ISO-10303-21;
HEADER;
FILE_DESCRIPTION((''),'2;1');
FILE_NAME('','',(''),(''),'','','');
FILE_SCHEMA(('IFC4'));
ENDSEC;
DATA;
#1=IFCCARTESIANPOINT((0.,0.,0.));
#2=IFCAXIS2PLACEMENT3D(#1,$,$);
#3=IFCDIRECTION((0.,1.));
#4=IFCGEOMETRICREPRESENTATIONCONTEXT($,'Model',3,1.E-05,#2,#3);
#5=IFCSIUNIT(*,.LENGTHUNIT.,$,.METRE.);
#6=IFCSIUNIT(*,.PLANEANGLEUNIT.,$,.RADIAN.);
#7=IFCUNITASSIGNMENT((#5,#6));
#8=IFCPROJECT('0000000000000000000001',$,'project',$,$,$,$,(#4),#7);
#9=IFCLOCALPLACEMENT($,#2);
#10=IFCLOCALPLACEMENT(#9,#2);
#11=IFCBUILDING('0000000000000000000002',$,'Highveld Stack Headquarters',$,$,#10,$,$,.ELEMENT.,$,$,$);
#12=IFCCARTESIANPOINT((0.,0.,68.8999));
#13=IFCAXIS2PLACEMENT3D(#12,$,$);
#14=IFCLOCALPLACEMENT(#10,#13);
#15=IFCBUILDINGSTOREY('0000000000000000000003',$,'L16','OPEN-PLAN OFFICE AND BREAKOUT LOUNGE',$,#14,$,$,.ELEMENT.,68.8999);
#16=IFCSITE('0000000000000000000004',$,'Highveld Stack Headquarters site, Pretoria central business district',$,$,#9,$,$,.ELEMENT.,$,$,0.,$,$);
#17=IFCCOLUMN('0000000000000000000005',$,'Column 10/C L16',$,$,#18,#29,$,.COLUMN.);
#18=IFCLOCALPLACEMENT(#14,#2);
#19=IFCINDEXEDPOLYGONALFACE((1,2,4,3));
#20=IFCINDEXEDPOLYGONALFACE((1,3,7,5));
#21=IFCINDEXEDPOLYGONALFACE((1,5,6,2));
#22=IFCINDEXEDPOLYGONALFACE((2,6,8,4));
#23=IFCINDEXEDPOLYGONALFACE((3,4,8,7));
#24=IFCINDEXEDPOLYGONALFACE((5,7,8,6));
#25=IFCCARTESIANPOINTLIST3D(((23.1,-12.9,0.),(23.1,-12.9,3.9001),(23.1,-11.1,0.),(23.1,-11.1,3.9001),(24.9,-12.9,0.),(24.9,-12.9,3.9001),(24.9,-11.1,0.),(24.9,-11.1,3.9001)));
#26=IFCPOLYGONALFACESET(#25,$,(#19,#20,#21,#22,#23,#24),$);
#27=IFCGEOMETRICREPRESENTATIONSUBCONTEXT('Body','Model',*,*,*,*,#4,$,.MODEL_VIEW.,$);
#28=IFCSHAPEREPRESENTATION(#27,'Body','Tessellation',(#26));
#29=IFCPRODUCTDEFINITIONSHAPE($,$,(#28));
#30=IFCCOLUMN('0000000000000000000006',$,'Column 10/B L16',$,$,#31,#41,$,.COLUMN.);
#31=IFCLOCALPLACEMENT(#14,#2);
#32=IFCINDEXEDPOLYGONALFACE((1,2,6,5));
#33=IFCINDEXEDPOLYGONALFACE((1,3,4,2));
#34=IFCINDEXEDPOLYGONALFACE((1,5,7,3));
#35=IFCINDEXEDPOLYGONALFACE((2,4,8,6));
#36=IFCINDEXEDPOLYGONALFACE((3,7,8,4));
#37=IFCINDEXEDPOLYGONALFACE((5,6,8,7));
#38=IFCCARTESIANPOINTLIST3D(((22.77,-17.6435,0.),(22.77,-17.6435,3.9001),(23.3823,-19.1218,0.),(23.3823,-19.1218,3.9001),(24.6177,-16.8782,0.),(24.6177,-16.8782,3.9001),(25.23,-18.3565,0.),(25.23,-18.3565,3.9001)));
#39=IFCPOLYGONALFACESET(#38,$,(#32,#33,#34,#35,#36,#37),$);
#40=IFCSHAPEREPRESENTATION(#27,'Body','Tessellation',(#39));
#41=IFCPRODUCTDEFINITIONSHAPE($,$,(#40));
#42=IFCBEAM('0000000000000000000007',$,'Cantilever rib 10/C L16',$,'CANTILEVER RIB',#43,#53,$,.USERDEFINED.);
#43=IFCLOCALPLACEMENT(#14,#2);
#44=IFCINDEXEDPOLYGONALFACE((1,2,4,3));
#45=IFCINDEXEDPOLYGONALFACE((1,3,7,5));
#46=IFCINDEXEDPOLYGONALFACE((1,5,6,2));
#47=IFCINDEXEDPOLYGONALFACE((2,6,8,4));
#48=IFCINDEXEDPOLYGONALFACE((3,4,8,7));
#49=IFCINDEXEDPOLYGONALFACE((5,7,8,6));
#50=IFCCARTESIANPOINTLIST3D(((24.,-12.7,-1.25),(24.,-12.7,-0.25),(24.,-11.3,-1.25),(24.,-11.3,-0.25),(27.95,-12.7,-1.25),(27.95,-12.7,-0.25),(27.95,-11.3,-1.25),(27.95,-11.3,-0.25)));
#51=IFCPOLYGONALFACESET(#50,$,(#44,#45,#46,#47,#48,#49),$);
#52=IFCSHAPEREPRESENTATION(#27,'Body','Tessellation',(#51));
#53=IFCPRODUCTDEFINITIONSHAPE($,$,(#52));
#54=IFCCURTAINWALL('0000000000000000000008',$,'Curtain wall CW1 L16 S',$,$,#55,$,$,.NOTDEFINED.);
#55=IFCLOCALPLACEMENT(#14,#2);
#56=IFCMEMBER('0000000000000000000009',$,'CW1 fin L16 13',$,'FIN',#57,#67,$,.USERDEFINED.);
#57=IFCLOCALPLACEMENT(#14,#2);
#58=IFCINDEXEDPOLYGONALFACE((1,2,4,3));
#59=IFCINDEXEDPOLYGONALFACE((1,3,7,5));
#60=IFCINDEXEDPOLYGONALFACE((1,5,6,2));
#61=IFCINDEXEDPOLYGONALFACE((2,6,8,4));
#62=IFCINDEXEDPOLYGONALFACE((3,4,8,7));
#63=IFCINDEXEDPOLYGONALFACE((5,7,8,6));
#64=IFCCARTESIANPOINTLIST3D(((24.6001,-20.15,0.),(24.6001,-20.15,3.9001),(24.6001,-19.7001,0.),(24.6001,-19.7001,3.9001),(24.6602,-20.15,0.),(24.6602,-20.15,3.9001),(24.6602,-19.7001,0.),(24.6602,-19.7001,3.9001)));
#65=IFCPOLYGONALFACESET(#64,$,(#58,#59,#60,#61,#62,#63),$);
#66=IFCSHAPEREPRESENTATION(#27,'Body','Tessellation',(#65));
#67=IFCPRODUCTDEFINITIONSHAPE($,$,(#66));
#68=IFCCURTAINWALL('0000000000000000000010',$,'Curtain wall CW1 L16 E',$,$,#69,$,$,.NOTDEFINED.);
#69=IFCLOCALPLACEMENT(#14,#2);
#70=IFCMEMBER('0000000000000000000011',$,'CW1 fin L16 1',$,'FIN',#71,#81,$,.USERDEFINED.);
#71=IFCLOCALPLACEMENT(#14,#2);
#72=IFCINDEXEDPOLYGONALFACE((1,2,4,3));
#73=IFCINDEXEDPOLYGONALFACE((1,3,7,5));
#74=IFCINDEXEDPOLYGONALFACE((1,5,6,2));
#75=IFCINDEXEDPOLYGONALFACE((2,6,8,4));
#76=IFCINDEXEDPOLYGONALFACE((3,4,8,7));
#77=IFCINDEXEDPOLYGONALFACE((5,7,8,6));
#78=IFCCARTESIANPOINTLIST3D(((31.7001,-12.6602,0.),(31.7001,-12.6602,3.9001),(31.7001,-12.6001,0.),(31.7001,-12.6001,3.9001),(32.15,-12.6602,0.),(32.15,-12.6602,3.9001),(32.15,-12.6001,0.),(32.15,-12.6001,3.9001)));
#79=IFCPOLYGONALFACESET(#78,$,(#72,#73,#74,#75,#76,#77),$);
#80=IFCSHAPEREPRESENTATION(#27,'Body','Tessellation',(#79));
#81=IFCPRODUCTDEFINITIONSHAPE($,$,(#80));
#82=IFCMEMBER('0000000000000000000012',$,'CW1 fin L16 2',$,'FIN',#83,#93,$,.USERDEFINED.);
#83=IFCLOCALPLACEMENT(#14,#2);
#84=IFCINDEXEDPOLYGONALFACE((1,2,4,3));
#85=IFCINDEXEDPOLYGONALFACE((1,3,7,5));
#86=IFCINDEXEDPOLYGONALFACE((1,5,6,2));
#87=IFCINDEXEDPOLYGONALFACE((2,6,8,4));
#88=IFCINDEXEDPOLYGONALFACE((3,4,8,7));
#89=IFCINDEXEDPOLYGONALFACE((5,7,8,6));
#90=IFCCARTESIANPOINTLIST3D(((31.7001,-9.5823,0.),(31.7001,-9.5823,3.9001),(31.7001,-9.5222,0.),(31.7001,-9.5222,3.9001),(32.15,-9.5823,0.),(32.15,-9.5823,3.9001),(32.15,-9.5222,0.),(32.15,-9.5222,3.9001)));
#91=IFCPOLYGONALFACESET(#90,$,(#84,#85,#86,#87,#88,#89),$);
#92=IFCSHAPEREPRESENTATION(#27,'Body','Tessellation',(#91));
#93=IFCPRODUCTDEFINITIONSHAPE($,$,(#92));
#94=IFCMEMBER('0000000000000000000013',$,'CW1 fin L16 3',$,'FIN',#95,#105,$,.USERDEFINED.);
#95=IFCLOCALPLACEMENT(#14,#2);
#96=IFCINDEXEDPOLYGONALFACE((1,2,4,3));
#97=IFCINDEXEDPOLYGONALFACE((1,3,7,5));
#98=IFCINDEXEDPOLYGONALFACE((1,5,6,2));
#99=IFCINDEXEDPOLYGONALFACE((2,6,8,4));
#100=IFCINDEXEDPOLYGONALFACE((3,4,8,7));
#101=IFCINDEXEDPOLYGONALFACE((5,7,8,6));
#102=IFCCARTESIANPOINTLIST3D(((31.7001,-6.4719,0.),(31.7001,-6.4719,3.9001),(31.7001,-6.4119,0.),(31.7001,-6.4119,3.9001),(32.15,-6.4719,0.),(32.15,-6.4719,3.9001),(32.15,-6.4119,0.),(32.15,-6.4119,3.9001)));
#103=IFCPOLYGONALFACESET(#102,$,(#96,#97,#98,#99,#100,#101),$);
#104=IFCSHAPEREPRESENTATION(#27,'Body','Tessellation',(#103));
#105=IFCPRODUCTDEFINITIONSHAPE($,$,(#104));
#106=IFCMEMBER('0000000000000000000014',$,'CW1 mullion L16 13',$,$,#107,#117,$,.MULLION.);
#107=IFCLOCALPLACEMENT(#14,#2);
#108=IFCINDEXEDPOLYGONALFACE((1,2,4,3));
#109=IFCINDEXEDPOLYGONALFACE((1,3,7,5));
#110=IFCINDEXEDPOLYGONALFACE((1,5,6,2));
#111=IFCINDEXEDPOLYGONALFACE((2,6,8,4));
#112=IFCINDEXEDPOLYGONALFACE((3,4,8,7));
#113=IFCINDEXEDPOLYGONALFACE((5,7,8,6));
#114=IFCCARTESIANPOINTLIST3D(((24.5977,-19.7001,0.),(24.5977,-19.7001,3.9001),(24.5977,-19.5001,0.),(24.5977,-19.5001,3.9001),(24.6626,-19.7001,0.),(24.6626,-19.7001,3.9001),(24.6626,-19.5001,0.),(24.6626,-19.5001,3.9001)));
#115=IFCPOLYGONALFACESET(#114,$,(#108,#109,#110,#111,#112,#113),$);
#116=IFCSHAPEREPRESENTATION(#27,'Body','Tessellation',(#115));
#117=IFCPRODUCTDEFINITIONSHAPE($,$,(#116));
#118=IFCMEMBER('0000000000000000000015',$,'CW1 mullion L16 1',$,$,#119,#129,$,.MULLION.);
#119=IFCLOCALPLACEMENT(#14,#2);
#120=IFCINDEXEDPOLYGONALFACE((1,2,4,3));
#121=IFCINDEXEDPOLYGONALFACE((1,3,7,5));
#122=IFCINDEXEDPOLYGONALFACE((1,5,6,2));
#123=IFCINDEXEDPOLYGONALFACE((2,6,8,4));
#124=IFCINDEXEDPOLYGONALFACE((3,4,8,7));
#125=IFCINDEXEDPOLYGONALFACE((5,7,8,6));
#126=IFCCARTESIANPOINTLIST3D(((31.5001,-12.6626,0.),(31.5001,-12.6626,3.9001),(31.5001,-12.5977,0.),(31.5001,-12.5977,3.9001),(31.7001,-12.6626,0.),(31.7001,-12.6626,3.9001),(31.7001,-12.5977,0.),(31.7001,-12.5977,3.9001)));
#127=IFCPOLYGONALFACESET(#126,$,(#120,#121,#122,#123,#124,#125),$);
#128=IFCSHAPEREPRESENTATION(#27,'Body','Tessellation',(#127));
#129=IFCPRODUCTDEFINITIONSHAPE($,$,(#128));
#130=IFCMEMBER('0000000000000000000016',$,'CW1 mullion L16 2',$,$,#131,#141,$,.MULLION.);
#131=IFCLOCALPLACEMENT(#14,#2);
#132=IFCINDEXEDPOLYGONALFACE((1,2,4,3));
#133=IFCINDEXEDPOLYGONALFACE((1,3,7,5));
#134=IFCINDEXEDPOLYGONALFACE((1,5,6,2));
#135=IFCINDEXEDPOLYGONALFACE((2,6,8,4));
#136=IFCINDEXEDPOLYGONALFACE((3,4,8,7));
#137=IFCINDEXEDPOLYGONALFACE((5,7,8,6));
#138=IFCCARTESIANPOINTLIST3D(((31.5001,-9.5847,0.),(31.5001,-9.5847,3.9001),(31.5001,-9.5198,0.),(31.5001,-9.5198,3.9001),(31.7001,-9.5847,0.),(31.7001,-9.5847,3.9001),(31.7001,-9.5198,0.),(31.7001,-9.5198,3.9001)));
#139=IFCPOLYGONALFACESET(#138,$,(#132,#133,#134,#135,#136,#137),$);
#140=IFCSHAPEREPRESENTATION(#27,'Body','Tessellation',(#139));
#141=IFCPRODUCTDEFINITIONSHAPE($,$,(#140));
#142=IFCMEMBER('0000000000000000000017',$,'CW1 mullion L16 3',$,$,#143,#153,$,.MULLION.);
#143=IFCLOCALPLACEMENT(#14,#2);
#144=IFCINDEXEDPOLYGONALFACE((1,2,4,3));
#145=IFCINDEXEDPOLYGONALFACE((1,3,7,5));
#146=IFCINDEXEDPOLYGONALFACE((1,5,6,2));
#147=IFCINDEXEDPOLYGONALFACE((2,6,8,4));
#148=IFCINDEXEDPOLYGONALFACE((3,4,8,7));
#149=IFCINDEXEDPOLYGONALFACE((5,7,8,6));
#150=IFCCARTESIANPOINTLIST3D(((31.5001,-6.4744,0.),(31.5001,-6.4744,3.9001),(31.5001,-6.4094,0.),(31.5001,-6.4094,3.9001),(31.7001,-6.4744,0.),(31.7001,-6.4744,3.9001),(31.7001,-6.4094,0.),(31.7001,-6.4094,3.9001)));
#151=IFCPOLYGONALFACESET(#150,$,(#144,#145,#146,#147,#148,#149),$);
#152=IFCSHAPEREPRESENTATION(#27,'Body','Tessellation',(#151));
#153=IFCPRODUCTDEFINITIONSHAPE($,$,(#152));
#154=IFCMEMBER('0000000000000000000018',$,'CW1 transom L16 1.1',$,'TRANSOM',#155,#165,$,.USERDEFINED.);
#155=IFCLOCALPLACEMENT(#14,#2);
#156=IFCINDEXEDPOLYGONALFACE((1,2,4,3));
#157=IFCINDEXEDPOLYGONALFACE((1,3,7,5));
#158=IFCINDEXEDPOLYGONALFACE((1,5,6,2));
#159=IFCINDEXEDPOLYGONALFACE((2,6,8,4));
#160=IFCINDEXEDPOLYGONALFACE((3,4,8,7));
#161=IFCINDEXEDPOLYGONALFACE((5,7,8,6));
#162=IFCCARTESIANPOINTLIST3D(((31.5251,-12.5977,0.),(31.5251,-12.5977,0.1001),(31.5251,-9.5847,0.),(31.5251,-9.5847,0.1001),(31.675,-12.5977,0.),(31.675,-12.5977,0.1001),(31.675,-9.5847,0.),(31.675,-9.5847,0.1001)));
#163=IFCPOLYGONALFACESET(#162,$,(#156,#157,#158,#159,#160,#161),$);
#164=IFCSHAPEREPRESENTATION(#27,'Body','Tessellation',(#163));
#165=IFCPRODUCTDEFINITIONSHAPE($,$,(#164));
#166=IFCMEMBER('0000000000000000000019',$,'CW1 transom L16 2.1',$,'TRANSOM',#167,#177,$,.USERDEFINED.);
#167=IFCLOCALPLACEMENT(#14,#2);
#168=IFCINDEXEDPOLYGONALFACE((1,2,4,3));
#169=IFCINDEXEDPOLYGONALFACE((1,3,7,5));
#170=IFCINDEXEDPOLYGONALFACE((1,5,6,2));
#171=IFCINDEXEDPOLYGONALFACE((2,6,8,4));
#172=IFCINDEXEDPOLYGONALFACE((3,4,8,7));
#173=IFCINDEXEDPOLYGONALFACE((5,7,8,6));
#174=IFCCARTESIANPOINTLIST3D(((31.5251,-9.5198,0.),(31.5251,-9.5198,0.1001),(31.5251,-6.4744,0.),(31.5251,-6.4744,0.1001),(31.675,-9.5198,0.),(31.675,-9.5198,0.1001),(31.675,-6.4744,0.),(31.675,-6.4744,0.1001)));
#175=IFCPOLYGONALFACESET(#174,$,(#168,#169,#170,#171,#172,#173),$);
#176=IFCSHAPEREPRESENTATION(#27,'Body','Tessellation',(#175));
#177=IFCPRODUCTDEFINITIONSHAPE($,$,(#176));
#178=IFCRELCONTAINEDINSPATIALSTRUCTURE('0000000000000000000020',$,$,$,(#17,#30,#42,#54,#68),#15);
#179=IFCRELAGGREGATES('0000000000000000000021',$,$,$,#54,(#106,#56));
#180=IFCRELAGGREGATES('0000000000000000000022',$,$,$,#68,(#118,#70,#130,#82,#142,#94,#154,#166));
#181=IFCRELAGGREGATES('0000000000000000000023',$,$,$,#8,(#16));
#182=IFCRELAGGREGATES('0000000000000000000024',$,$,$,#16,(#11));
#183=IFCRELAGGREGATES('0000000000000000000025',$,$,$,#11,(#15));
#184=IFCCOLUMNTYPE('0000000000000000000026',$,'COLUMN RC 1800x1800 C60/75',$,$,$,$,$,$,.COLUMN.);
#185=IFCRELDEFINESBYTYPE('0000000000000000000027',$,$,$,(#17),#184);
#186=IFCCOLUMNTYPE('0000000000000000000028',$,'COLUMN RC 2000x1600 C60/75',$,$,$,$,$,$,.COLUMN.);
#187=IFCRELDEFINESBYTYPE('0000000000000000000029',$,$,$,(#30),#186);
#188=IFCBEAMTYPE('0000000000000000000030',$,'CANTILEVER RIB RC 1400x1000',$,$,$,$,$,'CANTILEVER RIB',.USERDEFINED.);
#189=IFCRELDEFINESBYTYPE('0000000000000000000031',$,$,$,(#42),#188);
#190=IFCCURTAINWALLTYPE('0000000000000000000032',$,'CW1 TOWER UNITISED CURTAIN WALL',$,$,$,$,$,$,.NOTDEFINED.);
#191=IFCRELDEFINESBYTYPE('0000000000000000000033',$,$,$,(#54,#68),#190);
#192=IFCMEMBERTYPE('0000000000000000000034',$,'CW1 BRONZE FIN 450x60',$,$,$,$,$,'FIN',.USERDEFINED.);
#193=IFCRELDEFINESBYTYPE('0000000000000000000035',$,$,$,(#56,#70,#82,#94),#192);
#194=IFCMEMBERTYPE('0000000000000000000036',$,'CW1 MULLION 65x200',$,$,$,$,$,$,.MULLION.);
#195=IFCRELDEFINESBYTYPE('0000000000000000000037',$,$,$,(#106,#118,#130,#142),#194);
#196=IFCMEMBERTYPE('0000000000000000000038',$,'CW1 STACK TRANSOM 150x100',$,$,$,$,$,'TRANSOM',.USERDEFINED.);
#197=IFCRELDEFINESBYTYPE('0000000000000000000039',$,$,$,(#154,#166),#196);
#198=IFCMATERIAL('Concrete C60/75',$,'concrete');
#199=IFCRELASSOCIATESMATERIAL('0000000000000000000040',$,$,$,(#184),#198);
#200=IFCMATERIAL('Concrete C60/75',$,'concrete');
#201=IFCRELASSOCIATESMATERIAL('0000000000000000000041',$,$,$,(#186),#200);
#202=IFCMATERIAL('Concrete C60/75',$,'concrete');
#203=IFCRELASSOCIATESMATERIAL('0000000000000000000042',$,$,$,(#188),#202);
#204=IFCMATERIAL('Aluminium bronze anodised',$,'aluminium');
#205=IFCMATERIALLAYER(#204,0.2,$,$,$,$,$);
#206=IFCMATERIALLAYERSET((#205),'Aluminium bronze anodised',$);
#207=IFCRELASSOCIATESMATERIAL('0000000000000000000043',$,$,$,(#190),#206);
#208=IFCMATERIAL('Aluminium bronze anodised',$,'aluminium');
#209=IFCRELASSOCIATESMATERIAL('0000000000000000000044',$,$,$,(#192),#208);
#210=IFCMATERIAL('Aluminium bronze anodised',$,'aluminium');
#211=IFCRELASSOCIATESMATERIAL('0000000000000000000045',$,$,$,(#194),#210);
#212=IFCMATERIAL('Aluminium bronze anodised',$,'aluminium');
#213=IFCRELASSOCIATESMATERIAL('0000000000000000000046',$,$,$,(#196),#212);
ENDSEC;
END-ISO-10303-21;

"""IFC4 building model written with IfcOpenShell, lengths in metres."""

from ifc_helpers import new_model, si_unit, direction, frame, origin, origin_2d, place, context, subcontext, project, spatial, rectangle, extrude, material, layer, layer_set, material_profile, profile_set, type_object, element, aggregate, save


model = new_model("IFC4")

# Units and contexts
model_context = context("Model", 3, precision=1e-05, world=origin(), true_north=direction((0.0, 1.0)))
body_context = subcontext(model_context, "Body", "Model", "MODEL_VIEW")
ifc_project = project(units=[si_unit("LENGTHUNIT", "METRE"), si_unit("PLANEANGLEUNIT", "RADIAN")], contexts=[model_context])

# Site, building, storey
site_placement = place(None, origin())
site = spatial("IfcSite", under=ifc_project, at=site_placement, Name="Highveld Stack Headquarters site, Pretoria central business district", CompositionType="ELEMENT", RefElevation=0.0)
building_placement = place(site_placement, origin())
building = spatial("IfcBuilding", under=site, at=building_placement, Name="Highveld Stack Headquarters", CompositionType="ELEMENT")
storey_placement = place(building_placement, frame((0.0, 0.0, 68.8999)))
storey = spatial("IfcBuildingStorey", under=building, at=storey_placement, Name="L16", Description="OPEN-PLAN OFFICE AND BREAKOUT LOUNGE", CompositionType="ELEMENT", Elevation=68.8999)

# Columns
ifc_material_1 = material(Name="Concrete C60/75", Category="concrete")
ifc_material_profile_1 = material_profile(ifc_material_1, rectangle(XDim=1.8, YDim=1.8, at=origin_2d()), Name="RC 1800x1800")
ifc_profile_set_1 = profile_set([ifc_material_profile_1], Name="Concrete C60/75")
column_type_1 = type_object("IfcColumnType", Name="COLUMN RC 1800x1800 C60/75", PredefinedType="COLUMN", material=ifc_profile_set_1)
column_1_placement = place(storey_placement, frame((24.0, -12.0, 0.0), z_axis=(0.0, 0.0, 1.0), x_axis=(1.0, 0.0, 0.0)))
element("IfcColumn", 1, at=column_1_placement, inside=storey, type_object=column_type_1, Name="Column 10/C L16", PredefinedType="COLUMN", context=body_context, shape_type="SweptSolid", body=[
    extrude(rectangle(XDim=1.8, YDim=1.8, at=origin_2d()), origin(), (0.0, 0.0, 1.0), 3.9001),
])
ifc_material_2 = material(Name="Concrete C60/75", Category="concrete")
ifc_material_profile_2 = material_profile(ifc_material_2, rectangle(XDim=2.0, YDim=1.6001, at=origin_2d()), Name="RC 2000x1600")
ifc_profile_set_2 = profile_set([ifc_material_profile_2], Name="Concrete C60/75")
column_type_2 = type_object("IfcColumnType", Name="COLUMN RC 2000x1600 C60/75", PredefinedType="COLUMN", material=ifc_profile_set_2)
column_2_placement = place(storey_placement, frame((24.0, -18.0, 0.0), z_axis=(0.0, 0.0, 1.0), x_axis=(-0.92388, -0.382683, 0.0)))
element("IfcColumn", 2, at=column_2_placement, inside=storey, type_object=column_type_2, Name="Column 10/B L16", PredefinedType="COLUMN", context=body_context, shape_type="SweptSolid", body=[
    extrude(rectangle(XDim=2.0, YDim=1.6001, at=origin_2d()), origin(), (0.0, 0.0, 1.0), 3.9001),
])

# Beam
ifc_material_3 = material(Name="Concrete C60/75", Category="concrete")
ifc_material_profile_3 = material_profile(ifc_material_3, rectangle(XDim=1.3999, YDim=1.0, at=origin_2d()), Name="RC 1400x1000")
ifc_profile_set_3 = profile_set([ifc_material_profile_3], Name="Concrete C60/75")
beam_type_1 = type_object("IfcBeamType", Name="CANTILEVER RIB RC 1400x1000", ElementType="CANTILEVER RIB", PredefinedType="USERDEFINED", material=ifc_profile_set_3)
beam_1_placement = place(storey_placement, frame((24.0, -12.0, -0.75), z_axis=(1.0, 0.0, 0.0), x_axis=(0.0, 1.0, 0.0)))
element("IfcBeam", 3, at=beam_1_placement, inside=storey, type_object=beam_type_1, Name="Cantilever rib 10/C L16", ObjectType="CANTILEVER RIB", PredefinedType="USERDEFINED", context=body_context, shape_type="SweptSolid", body=[
    extrude(rectangle(XDim=1.3999, YDim=1.0, at=origin_2d()), origin(), (0.0, 0.0, 1.0), 3.95),
])

# Curtain wall, member
ifc_material_4 = material(Name="Aluminium bronze anodised", Category="aluminium")
ifc_layer_1 = layer(ifc_material_4, 0.2)
ifc_layer_set_1 = layer_set([ifc_layer_1], Name="Aluminium bronze anodised")
curtain_wall_type_1 = type_object("IfcCurtainWallType", Name="CW1 TOWER UNITISED CURTAIN WALL", PredefinedType="NOTDEFINED", material=ifc_layer_set_1)
curtain_wall_1_placement = place(storey_placement, origin())
curtain_wall_1 = element("IfcCurtainWall", 4, at=curtain_wall_1_placement, inside=storey, type_object=curtain_wall_type_1, Name="Curtain wall CW1 L16 S", PredefinedType="NOTDEFINED")
ifc_material_5 = material(Name="Aluminium bronze anodised", Category="aluminium")
ifc_material_profile_4 = material_profile(ifc_material_5, rectangle(XDim=0.45, YDim=0.0601, at=origin_2d()), Name="FIN 450x60")
ifc_profile_set_4 = profile_set([ifc_material_profile_4], Name="Aluminium bronze anodised")
member_type_1 = type_object("IfcMemberType", Name="CW1 BRONZE FIN 450x60", ElementType="FIN", PredefinedType="USERDEFINED", material=ifc_profile_set_4)
member_1_placement = place(storey_placement, frame((24.6301, -19.925, 0.0), z_axis=(0.0, 0.0, 1.0), x_axis=(0.0, 1.0, 0.0)))
member_1 = element("IfcMember", 5, at=member_1_placement, type_object=member_type_1, Name="CW1 fin L16 13", ObjectType="FIN", PredefinedType="USERDEFINED", context=body_context, shape_type="SweptSolid", body=[
    extrude(rectangle(XDim=0.45, YDim=0.0601, at=origin_2d()), origin(), (0.0, 0.0, 1.0), 3.9001),
])

# Curtain wall, members
curtain_wall_2_placement = place(storey_placement, origin())
curtain_wall_2 = element("IfcCurtainWall", 6, at=curtain_wall_2_placement, inside=storey, type_object=curtain_wall_type_1, Name="Curtain wall CW1 L16 E", PredefinedType="NOTDEFINED")
member_2_placement = place(storey_placement, frame((31.925, -12.6301, 0.0), z_axis=(0.0, 0.0, 1.0), x_axis=(-1.0, 0.0, 0.0)))
member_2 = element("IfcMember", 7, at=member_2_placement, type_object=member_type_1, Name="CW1 fin L16 1", ObjectType="FIN", PredefinedType="USERDEFINED", context=body_context, shape_type="SweptSolid", body=[
    extrude(rectangle(XDim=0.45, YDim=0.0601, at=origin_2d()), origin(), (0.0, 0.0, 1.0), 3.9001),
])
member_3_placement = place(storey_placement, frame((31.925, -9.5522, 0.0), z_axis=(0.0, 0.0, 1.0), x_axis=(-1.0, 0.0, 0.0)))
member_3 = element("IfcMember", 8, at=member_3_placement, type_object=member_type_1, Name="CW1 fin L16 2", ObjectType="FIN", PredefinedType="USERDEFINED", context=body_context, shape_type="SweptSolid", body=[
    extrude(rectangle(XDim=0.45, YDim=0.0601, at=origin_2d()), origin(), (0.0, 0.0, 1.0), 3.9001),
])
member_4_placement = place(storey_placement, frame((31.925, -6.4419, 0.0), z_axis=(0.0, 0.0, 1.0), x_axis=(-1.0, 0.0, 0.0)))
member_4 = element("IfcMember", 9, at=member_4_placement, type_object=member_type_1, Name="CW1 fin L16 3", ObjectType="FIN", PredefinedType="USERDEFINED", context=body_context, shape_type="SweptSolid", body=[
    extrude(rectangle(XDim=0.45, YDim=0.0601, at=origin_2d()), origin(), (0.0, 0.0, 1.0), 3.9001),
])

# Members
ifc_material_6 = material(Name="Aluminium bronze anodised", Category="aluminium")
ifc_material_profile_5 = material_profile(ifc_material_6, rectangle(XDim=0.2, YDim=0.0649, at=origin_2d()), Name="CW1 MULLION 65x200")
ifc_profile_set_5 = profile_set([ifc_material_profile_5], Name="Aluminium bronze anodised")
member_type_2 = type_object("IfcMemberType", Name="CW1 MULLION 65x200", PredefinedType="MULLION", material=ifc_profile_set_5)
member_5_placement = place(storey_placement, frame((24.6301, -19.6001, 0.0), z_axis=(0.0, 0.0, 1.0), x_axis=(0.0, 1.0, 0.0)))
member_5 = element("IfcMember", 10, at=member_5_placement, type_object=member_type_2, Name="CW1 mullion L16 13", PredefinedType="MULLION", context=body_context, shape_type="SweptSolid", body=[
    extrude(rectangle(XDim=0.2, YDim=0.0649, at=origin_2d()), origin(), (0.0, 0.0, 1.0), 3.9001),
])
member_6_placement = place(storey_placement, frame((31.6001, -12.6301, 0.0), z_axis=(0.0, 0.0, 1.0), x_axis=(-1.0, 0.0, 0.0)))
member_6 = element("IfcMember", 11, at=member_6_placement, type_object=member_type_2, Name="CW1 mullion L16 1", PredefinedType="MULLION", context=body_context, shape_type="SweptSolid", body=[
    extrude(rectangle(XDim=0.2, YDim=0.0649, at=origin_2d()), origin(), (0.0, 0.0, 1.0), 3.9001),
])
member_7_placement = place(storey_placement, frame((31.6001, -9.5522, 0.0), z_axis=(0.0, 0.0, 1.0), x_axis=(-1.0, 0.0, 0.0)))
member_7 = element("IfcMember", 12, at=member_7_placement, type_object=member_type_2, Name="CW1 mullion L16 2", PredefinedType="MULLION", context=body_context, shape_type="SweptSolid", body=[
    extrude(rectangle(XDim=0.2, YDim=0.0649, at=origin_2d()), origin(), (0.0, 0.0, 1.0), 3.9001),
])
member_8_placement = place(storey_placement, frame((31.6001, -6.4419, 0.0), z_axis=(0.0, 0.0, 1.0), x_axis=(-1.0, 0.0, 0.0)))
member_8 = element("IfcMember", 13, at=member_8_placement, type_object=member_type_2, Name="CW1 mullion L16 3", PredefinedType="MULLION", context=body_context, shape_type="SweptSolid", body=[
    extrude(rectangle(XDim=0.2, YDim=0.0649, at=origin_2d()), origin(), (0.0, 0.0, 1.0), 3.9001),
])
ifc_material_7 = material(Name="Aluminium bronze anodised", Category="aluminium")
ifc_material_profile_6 = material_profile(ifc_material_7, rectangle(XDim=0.1499, YDim=0.1001, at=origin_2d()), Name="CW1 TRANSOM 150x100")
ifc_profile_set_6 = profile_set([ifc_material_profile_6], Name="Aluminium bronze anodised")
member_type_3 = type_object("IfcMemberType", Name="CW1 STACK TRANSOM 150x100", ElementType="TRANSOM", PredefinedType="USERDEFINED", material=ifc_profile_set_6)
member_9_placement = place(storey_placement, frame((31.6001, -12.5977, 0.05), z_axis=(0.0, 1.0, 0.0), x_axis=(-1.0, 0.0, 0.0)))
member_9 = element("IfcMember", 14, at=member_9_placement, type_object=member_type_3, Name="CW1 transom L16 1.1", ObjectType="TRANSOM", PredefinedType="USERDEFINED", context=body_context, shape_type="SweptSolid", body=[
    extrude(rectangle(XDim=0.1499, YDim=0.1001, at=origin_2d()), origin(), (0.0, 0.0, 1.0), 3.0129),
])
member_10_placement = place(storey_placement, frame((31.6001, -9.5198, 0.05), z_axis=(0.0, 1.0, 0.0), x_axis=(-1.0, 0.0, 0.0)))
member_10 = element("IfcMember", 15, at=member_10_placement, type_object=member_type_3, Name="CW1 transom L16 2.1", ObjectType="TRANSOM", PredefinedType="USERDEFINED", context=body_context, shape_type="SweptSolid", body=[
    extrude(rectangle(XDim=0.1499, YDim=0.1001, at=origin_2d()), origin(), (0.0, 0.0, 1.0), 3.0454),
])

aggregate(curtain_wall_1, [member_5, member_1])
aggregate(curtain_wall_2, [member_6, member_2, member_7, member_3, member_8, member_4, member_9, member_10])

save(model, "model.ifc")
